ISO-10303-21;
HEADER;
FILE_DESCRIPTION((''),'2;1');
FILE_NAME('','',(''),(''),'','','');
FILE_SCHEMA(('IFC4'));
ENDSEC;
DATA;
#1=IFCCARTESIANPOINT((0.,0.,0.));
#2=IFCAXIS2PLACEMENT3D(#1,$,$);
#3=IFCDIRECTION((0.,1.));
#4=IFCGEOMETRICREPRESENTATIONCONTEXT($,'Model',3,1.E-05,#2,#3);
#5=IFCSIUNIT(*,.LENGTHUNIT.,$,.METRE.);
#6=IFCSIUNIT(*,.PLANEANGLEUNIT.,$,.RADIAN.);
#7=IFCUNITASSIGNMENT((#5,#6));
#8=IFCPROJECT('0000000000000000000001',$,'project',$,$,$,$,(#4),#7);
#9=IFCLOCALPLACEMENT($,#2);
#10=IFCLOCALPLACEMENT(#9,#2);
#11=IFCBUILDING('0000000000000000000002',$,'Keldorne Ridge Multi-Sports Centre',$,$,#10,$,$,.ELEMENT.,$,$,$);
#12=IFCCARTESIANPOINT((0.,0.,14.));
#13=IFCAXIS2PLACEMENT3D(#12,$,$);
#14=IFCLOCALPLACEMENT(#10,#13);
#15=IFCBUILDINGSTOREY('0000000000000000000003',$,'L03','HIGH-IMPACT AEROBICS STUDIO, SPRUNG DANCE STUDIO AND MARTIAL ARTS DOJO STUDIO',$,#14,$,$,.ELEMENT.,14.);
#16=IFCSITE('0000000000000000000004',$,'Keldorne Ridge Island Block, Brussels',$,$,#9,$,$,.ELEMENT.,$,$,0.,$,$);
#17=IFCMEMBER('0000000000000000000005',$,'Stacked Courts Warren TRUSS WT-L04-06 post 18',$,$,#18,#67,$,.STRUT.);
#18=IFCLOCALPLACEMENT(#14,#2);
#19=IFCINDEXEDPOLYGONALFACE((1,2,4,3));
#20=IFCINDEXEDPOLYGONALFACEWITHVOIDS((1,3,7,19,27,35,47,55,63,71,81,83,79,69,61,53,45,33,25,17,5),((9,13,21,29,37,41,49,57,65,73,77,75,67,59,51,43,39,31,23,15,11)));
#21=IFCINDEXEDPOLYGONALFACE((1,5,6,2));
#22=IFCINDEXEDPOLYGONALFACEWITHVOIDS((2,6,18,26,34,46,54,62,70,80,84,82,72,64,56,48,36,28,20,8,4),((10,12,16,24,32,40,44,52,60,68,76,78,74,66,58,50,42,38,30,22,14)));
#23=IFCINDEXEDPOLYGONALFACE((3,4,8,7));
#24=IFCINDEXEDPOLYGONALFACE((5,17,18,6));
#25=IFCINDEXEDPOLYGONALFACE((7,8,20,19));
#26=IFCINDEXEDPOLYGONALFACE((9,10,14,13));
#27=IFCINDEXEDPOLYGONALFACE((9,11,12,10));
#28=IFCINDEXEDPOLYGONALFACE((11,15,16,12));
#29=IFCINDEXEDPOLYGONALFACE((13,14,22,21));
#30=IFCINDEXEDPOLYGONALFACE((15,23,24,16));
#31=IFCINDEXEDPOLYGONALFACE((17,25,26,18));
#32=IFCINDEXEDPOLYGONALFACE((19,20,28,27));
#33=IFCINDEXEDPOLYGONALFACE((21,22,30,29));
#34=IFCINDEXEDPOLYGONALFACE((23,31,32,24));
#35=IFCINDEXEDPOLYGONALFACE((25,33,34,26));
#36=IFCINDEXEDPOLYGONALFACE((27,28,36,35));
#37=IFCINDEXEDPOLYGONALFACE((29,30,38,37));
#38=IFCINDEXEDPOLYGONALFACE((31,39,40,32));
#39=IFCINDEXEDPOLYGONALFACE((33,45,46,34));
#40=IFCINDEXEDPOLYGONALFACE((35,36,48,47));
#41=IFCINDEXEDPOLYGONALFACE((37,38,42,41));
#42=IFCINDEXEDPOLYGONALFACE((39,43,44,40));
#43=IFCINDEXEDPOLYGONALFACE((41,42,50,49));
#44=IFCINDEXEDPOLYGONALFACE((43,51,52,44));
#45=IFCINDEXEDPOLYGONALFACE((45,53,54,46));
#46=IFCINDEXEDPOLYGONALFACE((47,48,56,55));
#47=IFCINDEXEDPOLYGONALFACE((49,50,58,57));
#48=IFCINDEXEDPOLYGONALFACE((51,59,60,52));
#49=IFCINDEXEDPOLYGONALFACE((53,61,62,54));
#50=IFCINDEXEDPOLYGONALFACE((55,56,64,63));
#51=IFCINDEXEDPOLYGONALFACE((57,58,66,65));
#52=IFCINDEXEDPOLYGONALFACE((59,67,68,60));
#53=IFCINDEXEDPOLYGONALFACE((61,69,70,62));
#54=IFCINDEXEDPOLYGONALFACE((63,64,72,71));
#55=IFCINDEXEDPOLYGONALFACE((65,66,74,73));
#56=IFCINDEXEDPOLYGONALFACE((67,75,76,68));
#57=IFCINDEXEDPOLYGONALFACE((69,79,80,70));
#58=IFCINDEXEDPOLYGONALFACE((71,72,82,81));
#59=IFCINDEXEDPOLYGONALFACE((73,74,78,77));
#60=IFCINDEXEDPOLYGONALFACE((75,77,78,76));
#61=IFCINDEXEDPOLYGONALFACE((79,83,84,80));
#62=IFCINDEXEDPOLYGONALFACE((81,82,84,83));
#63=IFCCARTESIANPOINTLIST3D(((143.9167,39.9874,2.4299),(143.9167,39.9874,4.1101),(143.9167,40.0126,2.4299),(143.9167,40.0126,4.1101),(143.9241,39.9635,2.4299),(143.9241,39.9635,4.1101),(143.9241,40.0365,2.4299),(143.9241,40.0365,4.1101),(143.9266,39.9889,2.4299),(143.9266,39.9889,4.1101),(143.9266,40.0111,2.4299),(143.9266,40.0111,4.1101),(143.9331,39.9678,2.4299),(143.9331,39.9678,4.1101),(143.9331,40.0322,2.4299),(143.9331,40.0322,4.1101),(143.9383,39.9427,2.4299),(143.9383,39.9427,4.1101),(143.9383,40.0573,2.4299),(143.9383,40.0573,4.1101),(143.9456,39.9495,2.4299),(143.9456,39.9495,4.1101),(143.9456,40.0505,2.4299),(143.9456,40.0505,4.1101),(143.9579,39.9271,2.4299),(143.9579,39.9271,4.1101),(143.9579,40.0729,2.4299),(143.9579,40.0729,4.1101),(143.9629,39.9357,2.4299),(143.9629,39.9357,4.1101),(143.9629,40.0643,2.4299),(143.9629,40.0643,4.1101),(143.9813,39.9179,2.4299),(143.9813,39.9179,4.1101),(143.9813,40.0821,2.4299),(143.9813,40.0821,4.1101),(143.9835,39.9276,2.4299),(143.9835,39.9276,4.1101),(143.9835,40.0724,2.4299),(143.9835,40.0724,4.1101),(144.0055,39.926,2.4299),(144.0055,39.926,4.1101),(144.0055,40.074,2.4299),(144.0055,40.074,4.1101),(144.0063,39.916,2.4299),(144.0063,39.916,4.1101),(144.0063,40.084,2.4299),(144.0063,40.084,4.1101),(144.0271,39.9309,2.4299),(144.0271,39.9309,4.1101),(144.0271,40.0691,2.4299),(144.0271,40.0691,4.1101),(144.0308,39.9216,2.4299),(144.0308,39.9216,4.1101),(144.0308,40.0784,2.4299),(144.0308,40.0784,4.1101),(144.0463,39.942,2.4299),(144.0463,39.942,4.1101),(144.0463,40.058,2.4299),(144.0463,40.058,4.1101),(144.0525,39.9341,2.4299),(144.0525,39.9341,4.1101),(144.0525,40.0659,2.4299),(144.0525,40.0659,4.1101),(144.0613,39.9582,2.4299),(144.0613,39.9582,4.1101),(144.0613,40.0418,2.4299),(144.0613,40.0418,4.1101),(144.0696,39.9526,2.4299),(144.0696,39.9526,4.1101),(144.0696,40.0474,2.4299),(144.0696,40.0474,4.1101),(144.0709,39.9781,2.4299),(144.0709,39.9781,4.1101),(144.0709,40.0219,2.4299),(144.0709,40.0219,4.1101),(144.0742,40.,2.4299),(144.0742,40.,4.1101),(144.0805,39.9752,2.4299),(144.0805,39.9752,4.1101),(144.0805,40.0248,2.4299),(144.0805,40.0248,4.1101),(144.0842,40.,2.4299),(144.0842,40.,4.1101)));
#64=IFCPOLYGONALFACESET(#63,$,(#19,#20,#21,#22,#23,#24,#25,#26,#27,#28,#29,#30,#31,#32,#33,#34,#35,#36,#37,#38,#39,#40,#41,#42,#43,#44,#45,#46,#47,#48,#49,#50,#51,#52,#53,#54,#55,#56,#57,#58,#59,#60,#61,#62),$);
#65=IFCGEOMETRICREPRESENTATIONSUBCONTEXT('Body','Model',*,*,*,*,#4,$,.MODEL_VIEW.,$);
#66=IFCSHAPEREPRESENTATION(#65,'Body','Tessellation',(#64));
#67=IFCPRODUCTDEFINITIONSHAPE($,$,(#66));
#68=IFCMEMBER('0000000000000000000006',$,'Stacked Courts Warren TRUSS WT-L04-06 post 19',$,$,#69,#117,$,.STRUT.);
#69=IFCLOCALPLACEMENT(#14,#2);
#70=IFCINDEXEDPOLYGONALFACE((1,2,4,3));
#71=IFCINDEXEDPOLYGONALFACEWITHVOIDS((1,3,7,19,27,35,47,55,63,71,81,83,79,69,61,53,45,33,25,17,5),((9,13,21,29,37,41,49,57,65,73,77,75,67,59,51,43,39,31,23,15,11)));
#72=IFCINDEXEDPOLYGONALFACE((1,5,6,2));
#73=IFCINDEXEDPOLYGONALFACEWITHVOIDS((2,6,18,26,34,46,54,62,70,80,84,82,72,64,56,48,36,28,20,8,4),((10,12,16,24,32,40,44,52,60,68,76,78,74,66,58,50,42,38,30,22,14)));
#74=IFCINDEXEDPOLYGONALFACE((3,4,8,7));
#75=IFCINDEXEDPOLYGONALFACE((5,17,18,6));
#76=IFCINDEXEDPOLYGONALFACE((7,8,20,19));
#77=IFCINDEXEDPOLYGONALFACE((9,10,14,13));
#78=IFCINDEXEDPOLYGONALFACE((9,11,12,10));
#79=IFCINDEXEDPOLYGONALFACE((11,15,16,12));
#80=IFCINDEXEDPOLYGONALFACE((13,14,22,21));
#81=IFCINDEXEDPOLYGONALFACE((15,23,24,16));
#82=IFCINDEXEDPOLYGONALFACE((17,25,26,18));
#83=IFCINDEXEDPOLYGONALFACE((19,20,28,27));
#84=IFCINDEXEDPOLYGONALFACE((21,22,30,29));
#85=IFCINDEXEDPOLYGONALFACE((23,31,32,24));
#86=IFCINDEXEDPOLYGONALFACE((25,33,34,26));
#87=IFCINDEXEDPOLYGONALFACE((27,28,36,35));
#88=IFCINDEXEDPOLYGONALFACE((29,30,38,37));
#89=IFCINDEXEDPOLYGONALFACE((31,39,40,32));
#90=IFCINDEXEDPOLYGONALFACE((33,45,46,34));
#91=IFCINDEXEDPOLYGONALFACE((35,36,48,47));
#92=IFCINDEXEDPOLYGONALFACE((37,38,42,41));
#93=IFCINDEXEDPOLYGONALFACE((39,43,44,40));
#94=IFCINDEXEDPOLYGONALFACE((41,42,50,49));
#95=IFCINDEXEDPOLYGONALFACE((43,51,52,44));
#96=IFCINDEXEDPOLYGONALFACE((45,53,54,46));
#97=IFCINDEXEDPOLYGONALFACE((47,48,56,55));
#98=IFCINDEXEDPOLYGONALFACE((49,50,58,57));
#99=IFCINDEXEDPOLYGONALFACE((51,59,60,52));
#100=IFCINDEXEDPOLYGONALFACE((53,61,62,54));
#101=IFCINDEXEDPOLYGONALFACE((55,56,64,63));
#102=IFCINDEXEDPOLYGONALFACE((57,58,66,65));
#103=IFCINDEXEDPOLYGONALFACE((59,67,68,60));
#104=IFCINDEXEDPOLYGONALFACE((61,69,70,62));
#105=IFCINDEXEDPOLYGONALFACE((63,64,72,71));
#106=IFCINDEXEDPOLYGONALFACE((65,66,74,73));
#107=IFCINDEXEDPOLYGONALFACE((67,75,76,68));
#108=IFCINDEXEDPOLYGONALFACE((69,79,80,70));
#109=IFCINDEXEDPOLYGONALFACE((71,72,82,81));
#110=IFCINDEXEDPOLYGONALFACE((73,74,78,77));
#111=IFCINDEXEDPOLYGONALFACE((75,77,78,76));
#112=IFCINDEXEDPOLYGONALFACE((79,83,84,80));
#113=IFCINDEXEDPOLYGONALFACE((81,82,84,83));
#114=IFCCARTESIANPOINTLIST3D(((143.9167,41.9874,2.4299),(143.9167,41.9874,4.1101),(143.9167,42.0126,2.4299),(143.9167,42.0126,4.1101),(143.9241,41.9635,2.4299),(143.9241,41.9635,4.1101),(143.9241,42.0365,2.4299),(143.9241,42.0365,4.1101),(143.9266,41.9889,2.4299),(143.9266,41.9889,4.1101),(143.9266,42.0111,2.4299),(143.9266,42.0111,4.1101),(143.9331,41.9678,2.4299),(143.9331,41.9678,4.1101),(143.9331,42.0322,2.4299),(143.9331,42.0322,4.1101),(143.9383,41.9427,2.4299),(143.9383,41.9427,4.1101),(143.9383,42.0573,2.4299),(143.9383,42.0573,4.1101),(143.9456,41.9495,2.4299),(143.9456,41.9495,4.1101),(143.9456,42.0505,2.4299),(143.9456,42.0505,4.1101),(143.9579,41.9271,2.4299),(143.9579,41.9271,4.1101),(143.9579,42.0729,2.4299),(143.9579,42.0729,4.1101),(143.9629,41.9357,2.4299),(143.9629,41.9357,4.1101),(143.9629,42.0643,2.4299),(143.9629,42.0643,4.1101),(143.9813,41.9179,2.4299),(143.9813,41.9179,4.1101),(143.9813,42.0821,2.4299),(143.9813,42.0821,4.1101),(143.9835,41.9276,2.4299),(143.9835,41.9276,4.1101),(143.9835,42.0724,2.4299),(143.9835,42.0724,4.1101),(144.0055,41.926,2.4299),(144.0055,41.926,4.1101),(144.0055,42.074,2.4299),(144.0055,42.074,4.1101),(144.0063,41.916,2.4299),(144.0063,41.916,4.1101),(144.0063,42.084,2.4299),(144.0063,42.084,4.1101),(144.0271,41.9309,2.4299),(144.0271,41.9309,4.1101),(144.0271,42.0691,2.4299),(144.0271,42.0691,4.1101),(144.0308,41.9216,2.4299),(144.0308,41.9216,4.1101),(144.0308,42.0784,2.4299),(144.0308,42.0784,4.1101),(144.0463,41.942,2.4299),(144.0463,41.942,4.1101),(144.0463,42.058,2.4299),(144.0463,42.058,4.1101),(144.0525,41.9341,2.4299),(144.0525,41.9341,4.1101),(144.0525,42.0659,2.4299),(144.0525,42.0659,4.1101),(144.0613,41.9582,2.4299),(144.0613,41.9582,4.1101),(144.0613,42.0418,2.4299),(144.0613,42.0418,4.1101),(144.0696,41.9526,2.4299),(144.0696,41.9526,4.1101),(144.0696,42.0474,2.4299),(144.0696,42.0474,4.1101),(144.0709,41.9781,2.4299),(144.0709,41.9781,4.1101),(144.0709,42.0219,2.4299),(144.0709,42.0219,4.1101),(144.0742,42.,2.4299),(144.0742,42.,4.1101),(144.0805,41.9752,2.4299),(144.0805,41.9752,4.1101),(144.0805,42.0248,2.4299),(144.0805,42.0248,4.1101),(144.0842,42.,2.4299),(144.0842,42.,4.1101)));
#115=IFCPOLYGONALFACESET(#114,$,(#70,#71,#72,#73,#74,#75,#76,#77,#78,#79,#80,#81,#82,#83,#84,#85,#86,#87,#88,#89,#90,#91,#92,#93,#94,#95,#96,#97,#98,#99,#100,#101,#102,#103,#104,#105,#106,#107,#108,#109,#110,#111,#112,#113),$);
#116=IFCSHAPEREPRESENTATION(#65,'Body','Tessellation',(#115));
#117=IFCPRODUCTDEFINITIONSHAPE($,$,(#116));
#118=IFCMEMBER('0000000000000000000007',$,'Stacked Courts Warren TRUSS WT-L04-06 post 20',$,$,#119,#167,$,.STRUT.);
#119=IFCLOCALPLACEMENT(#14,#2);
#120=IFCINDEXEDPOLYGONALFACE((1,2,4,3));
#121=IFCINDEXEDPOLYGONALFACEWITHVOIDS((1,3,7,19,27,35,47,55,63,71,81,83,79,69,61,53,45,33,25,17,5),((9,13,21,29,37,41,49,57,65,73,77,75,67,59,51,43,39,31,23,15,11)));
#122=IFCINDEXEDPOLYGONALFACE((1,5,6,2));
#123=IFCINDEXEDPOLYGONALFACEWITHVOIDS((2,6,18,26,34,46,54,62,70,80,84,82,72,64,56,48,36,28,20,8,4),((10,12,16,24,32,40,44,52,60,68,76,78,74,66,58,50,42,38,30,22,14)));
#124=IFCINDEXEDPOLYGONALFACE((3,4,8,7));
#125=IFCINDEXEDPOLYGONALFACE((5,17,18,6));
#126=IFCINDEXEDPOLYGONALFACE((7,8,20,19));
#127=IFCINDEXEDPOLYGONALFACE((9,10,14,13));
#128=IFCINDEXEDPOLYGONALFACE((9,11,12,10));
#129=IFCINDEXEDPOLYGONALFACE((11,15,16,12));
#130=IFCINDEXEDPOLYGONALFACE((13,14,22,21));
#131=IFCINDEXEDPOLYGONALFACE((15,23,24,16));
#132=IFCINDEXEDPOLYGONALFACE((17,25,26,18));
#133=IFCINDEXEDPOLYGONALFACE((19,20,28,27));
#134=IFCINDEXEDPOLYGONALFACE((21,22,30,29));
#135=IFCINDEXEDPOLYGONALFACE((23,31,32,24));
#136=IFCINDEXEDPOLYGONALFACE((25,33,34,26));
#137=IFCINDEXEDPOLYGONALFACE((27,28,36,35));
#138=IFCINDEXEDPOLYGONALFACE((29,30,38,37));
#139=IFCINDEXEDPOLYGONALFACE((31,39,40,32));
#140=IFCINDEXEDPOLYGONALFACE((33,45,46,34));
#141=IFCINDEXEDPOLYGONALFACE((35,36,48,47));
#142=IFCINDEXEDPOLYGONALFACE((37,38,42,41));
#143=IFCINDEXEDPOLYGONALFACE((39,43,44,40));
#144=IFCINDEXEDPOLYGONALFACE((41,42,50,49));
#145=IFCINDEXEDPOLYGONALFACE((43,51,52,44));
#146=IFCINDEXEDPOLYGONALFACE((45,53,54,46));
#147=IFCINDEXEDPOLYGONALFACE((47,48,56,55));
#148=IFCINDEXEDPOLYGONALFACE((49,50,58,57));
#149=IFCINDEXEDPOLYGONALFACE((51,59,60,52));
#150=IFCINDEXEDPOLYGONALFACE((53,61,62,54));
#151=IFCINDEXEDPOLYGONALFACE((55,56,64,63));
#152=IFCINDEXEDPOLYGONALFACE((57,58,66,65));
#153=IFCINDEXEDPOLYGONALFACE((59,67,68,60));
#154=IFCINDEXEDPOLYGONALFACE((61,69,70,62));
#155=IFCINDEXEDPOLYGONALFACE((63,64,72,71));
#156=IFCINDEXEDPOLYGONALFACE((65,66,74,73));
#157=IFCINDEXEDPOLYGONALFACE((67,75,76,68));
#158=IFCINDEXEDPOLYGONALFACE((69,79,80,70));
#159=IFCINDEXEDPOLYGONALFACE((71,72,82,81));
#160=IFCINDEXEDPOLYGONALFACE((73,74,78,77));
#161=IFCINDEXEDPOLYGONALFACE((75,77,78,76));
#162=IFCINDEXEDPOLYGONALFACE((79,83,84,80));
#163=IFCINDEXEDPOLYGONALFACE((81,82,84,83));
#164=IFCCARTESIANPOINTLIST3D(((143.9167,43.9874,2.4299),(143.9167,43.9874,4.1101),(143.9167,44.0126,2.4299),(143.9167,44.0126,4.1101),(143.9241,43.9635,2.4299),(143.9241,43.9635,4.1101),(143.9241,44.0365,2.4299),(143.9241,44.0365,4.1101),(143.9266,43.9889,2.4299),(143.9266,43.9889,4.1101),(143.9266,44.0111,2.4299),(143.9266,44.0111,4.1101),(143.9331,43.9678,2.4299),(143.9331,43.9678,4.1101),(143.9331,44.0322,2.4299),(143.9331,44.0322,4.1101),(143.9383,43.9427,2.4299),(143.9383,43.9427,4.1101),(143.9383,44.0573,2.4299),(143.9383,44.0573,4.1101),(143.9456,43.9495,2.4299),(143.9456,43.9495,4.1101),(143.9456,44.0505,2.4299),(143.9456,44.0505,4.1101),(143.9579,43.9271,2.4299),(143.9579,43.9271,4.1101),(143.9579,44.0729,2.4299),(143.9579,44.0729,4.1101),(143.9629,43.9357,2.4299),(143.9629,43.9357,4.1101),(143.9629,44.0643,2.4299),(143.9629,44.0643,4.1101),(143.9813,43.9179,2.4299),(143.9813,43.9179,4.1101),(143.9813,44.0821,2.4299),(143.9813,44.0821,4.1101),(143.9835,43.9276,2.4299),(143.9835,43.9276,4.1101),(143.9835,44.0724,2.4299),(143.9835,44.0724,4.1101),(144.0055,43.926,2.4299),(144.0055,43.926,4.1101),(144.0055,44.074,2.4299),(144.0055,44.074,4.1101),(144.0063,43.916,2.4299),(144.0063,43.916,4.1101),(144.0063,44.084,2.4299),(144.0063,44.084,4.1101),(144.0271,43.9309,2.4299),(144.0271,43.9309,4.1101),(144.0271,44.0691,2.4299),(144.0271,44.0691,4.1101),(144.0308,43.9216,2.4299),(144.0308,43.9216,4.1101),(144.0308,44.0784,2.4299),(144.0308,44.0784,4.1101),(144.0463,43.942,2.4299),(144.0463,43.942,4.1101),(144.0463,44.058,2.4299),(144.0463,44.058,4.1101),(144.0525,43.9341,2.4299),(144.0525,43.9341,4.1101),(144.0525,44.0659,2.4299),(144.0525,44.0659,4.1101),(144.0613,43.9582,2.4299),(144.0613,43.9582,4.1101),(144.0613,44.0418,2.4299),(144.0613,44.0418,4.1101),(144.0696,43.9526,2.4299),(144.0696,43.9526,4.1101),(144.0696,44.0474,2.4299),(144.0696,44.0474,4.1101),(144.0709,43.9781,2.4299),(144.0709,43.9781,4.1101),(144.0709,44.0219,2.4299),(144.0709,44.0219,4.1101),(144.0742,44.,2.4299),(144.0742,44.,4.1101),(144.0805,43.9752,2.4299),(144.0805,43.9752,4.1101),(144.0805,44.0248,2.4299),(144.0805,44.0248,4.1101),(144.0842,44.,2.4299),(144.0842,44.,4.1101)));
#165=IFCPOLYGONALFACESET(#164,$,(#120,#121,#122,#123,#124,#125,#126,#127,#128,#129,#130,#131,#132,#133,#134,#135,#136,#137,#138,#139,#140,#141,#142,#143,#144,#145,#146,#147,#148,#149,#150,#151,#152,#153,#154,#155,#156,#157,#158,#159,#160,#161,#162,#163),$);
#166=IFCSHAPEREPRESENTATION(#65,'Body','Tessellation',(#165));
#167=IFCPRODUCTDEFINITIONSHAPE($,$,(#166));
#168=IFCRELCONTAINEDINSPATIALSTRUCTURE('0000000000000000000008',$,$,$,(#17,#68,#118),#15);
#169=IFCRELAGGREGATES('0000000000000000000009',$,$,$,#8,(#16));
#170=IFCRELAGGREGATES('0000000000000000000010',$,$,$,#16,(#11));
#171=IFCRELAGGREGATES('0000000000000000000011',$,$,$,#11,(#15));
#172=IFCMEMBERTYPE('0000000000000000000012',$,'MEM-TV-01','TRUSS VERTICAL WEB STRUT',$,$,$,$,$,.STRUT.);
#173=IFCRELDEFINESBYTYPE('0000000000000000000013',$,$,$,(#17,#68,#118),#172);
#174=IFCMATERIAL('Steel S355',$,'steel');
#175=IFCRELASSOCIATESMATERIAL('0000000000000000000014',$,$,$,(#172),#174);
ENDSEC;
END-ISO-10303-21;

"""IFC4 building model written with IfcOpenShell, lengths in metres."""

from ifc_helpers import new_model, si_unit, direction, frame, origin, origin_2d, place, context, subcontext, project, spatial, hollow_circle, extrude, material, material_profile, profile_set, type_object, element, save


model = new_model("IFC4")

# Units and contexts
model_context = context("Model", 3, precision=1e-05, world=origin(), true_north=direction((0.0, 1.0)))
body_context = subcontext(model_context, "Body", "Model", "MODEL_VIEW")
ifc_project = project(units=[si_unit("LENGTHUNIT", "METRE"), si_unit("PLANEANGLEUNIT", "RADIAN")], contexts=[model_context])

# Site, building, storey
site_placement = place(None, origin())
site = spatial("IfcSite", under=ifc_project, at=site_placement, Name="Keldorne Ridge Island Block, Brussels", CompositionType="ELEMENT", RefElevation=0.0)
building_placement = place(site_placement, origin())
building = spatial("IfcBuilding", under=site, at=building_placement, Name="Keldorne Ridge Multi-Sports Centre", CompositionType="ELEMENT")
storey_placement = place(building_placement, frame((0.0, 0.0, 14.0)))
storey = spatial("IfcBuildingStorey", under=building, at=storey_placement, Name="L03", Description="HIGH-IMPACT AEROBICS STUDIO, SPRUNG DANCE STUDIO AND MARTIAL ARTS DOJO STUDIO", CompositionType="ELEMENT", Elevation=14.0)

# Members
ifc_material = material(Name="Steel S355", Category="steel")
ifc_material_profile_1 = material_profile(ifc_material, hollow_circle(Radius=0.0842, WallThickness=0.01, at=origin_2d()), Name="CHS 168.3x10")
ifc_profile_set_1 = profile_set([ifc_material_profile_1], Name="Steel S355")
member_type_1 = type_object("IfcMemberType", Name="MEM-TV-01", Description="TRUSS VERTICAL WEB STRUT", PredefinedType="STRUT", material=ifc_profile_set_1)
for number, where, z_axis, x_axis, name in (
    (1, (144.0, 40.0, 2.4299), (0.0, 0.0, 1.0), (1.0, 0.0, 0.0), "Stacked Courts Warren TRUSS WT-L04-06 post 18"),
    (2, (144.0, 42.0, 2.4299), (0.0, 0.0, 1.0), (1.0, 0.0, 0.0), "Stacked Courts Warren TRUSS WT-L04-06 post 19"),
    (3, (144.0, 44.0, 2.4299), (0.0, 0.0, 1.0), (1.0, 0.0, 0.0), "Stacked Courts Warren TRUSS WT-L04-06 post 20"),
):
    element("IfcMember", number, at=place(storey_placement, frame(where, z_axis=z_axis, x_axis=x_axis)), inside=storey, type_object=member_type_1, Name=name, PredefinedType="STRUT", context=body_context, shape_type="SweptSolid", body=[
        extrude(hollow_circle(Radius=0.0842, WallThickness=0.01, at=origin_2d()), origin(), (0.0, 0.0, 1.0), 1.6802),
    ])

save(model, "model.ifc")
